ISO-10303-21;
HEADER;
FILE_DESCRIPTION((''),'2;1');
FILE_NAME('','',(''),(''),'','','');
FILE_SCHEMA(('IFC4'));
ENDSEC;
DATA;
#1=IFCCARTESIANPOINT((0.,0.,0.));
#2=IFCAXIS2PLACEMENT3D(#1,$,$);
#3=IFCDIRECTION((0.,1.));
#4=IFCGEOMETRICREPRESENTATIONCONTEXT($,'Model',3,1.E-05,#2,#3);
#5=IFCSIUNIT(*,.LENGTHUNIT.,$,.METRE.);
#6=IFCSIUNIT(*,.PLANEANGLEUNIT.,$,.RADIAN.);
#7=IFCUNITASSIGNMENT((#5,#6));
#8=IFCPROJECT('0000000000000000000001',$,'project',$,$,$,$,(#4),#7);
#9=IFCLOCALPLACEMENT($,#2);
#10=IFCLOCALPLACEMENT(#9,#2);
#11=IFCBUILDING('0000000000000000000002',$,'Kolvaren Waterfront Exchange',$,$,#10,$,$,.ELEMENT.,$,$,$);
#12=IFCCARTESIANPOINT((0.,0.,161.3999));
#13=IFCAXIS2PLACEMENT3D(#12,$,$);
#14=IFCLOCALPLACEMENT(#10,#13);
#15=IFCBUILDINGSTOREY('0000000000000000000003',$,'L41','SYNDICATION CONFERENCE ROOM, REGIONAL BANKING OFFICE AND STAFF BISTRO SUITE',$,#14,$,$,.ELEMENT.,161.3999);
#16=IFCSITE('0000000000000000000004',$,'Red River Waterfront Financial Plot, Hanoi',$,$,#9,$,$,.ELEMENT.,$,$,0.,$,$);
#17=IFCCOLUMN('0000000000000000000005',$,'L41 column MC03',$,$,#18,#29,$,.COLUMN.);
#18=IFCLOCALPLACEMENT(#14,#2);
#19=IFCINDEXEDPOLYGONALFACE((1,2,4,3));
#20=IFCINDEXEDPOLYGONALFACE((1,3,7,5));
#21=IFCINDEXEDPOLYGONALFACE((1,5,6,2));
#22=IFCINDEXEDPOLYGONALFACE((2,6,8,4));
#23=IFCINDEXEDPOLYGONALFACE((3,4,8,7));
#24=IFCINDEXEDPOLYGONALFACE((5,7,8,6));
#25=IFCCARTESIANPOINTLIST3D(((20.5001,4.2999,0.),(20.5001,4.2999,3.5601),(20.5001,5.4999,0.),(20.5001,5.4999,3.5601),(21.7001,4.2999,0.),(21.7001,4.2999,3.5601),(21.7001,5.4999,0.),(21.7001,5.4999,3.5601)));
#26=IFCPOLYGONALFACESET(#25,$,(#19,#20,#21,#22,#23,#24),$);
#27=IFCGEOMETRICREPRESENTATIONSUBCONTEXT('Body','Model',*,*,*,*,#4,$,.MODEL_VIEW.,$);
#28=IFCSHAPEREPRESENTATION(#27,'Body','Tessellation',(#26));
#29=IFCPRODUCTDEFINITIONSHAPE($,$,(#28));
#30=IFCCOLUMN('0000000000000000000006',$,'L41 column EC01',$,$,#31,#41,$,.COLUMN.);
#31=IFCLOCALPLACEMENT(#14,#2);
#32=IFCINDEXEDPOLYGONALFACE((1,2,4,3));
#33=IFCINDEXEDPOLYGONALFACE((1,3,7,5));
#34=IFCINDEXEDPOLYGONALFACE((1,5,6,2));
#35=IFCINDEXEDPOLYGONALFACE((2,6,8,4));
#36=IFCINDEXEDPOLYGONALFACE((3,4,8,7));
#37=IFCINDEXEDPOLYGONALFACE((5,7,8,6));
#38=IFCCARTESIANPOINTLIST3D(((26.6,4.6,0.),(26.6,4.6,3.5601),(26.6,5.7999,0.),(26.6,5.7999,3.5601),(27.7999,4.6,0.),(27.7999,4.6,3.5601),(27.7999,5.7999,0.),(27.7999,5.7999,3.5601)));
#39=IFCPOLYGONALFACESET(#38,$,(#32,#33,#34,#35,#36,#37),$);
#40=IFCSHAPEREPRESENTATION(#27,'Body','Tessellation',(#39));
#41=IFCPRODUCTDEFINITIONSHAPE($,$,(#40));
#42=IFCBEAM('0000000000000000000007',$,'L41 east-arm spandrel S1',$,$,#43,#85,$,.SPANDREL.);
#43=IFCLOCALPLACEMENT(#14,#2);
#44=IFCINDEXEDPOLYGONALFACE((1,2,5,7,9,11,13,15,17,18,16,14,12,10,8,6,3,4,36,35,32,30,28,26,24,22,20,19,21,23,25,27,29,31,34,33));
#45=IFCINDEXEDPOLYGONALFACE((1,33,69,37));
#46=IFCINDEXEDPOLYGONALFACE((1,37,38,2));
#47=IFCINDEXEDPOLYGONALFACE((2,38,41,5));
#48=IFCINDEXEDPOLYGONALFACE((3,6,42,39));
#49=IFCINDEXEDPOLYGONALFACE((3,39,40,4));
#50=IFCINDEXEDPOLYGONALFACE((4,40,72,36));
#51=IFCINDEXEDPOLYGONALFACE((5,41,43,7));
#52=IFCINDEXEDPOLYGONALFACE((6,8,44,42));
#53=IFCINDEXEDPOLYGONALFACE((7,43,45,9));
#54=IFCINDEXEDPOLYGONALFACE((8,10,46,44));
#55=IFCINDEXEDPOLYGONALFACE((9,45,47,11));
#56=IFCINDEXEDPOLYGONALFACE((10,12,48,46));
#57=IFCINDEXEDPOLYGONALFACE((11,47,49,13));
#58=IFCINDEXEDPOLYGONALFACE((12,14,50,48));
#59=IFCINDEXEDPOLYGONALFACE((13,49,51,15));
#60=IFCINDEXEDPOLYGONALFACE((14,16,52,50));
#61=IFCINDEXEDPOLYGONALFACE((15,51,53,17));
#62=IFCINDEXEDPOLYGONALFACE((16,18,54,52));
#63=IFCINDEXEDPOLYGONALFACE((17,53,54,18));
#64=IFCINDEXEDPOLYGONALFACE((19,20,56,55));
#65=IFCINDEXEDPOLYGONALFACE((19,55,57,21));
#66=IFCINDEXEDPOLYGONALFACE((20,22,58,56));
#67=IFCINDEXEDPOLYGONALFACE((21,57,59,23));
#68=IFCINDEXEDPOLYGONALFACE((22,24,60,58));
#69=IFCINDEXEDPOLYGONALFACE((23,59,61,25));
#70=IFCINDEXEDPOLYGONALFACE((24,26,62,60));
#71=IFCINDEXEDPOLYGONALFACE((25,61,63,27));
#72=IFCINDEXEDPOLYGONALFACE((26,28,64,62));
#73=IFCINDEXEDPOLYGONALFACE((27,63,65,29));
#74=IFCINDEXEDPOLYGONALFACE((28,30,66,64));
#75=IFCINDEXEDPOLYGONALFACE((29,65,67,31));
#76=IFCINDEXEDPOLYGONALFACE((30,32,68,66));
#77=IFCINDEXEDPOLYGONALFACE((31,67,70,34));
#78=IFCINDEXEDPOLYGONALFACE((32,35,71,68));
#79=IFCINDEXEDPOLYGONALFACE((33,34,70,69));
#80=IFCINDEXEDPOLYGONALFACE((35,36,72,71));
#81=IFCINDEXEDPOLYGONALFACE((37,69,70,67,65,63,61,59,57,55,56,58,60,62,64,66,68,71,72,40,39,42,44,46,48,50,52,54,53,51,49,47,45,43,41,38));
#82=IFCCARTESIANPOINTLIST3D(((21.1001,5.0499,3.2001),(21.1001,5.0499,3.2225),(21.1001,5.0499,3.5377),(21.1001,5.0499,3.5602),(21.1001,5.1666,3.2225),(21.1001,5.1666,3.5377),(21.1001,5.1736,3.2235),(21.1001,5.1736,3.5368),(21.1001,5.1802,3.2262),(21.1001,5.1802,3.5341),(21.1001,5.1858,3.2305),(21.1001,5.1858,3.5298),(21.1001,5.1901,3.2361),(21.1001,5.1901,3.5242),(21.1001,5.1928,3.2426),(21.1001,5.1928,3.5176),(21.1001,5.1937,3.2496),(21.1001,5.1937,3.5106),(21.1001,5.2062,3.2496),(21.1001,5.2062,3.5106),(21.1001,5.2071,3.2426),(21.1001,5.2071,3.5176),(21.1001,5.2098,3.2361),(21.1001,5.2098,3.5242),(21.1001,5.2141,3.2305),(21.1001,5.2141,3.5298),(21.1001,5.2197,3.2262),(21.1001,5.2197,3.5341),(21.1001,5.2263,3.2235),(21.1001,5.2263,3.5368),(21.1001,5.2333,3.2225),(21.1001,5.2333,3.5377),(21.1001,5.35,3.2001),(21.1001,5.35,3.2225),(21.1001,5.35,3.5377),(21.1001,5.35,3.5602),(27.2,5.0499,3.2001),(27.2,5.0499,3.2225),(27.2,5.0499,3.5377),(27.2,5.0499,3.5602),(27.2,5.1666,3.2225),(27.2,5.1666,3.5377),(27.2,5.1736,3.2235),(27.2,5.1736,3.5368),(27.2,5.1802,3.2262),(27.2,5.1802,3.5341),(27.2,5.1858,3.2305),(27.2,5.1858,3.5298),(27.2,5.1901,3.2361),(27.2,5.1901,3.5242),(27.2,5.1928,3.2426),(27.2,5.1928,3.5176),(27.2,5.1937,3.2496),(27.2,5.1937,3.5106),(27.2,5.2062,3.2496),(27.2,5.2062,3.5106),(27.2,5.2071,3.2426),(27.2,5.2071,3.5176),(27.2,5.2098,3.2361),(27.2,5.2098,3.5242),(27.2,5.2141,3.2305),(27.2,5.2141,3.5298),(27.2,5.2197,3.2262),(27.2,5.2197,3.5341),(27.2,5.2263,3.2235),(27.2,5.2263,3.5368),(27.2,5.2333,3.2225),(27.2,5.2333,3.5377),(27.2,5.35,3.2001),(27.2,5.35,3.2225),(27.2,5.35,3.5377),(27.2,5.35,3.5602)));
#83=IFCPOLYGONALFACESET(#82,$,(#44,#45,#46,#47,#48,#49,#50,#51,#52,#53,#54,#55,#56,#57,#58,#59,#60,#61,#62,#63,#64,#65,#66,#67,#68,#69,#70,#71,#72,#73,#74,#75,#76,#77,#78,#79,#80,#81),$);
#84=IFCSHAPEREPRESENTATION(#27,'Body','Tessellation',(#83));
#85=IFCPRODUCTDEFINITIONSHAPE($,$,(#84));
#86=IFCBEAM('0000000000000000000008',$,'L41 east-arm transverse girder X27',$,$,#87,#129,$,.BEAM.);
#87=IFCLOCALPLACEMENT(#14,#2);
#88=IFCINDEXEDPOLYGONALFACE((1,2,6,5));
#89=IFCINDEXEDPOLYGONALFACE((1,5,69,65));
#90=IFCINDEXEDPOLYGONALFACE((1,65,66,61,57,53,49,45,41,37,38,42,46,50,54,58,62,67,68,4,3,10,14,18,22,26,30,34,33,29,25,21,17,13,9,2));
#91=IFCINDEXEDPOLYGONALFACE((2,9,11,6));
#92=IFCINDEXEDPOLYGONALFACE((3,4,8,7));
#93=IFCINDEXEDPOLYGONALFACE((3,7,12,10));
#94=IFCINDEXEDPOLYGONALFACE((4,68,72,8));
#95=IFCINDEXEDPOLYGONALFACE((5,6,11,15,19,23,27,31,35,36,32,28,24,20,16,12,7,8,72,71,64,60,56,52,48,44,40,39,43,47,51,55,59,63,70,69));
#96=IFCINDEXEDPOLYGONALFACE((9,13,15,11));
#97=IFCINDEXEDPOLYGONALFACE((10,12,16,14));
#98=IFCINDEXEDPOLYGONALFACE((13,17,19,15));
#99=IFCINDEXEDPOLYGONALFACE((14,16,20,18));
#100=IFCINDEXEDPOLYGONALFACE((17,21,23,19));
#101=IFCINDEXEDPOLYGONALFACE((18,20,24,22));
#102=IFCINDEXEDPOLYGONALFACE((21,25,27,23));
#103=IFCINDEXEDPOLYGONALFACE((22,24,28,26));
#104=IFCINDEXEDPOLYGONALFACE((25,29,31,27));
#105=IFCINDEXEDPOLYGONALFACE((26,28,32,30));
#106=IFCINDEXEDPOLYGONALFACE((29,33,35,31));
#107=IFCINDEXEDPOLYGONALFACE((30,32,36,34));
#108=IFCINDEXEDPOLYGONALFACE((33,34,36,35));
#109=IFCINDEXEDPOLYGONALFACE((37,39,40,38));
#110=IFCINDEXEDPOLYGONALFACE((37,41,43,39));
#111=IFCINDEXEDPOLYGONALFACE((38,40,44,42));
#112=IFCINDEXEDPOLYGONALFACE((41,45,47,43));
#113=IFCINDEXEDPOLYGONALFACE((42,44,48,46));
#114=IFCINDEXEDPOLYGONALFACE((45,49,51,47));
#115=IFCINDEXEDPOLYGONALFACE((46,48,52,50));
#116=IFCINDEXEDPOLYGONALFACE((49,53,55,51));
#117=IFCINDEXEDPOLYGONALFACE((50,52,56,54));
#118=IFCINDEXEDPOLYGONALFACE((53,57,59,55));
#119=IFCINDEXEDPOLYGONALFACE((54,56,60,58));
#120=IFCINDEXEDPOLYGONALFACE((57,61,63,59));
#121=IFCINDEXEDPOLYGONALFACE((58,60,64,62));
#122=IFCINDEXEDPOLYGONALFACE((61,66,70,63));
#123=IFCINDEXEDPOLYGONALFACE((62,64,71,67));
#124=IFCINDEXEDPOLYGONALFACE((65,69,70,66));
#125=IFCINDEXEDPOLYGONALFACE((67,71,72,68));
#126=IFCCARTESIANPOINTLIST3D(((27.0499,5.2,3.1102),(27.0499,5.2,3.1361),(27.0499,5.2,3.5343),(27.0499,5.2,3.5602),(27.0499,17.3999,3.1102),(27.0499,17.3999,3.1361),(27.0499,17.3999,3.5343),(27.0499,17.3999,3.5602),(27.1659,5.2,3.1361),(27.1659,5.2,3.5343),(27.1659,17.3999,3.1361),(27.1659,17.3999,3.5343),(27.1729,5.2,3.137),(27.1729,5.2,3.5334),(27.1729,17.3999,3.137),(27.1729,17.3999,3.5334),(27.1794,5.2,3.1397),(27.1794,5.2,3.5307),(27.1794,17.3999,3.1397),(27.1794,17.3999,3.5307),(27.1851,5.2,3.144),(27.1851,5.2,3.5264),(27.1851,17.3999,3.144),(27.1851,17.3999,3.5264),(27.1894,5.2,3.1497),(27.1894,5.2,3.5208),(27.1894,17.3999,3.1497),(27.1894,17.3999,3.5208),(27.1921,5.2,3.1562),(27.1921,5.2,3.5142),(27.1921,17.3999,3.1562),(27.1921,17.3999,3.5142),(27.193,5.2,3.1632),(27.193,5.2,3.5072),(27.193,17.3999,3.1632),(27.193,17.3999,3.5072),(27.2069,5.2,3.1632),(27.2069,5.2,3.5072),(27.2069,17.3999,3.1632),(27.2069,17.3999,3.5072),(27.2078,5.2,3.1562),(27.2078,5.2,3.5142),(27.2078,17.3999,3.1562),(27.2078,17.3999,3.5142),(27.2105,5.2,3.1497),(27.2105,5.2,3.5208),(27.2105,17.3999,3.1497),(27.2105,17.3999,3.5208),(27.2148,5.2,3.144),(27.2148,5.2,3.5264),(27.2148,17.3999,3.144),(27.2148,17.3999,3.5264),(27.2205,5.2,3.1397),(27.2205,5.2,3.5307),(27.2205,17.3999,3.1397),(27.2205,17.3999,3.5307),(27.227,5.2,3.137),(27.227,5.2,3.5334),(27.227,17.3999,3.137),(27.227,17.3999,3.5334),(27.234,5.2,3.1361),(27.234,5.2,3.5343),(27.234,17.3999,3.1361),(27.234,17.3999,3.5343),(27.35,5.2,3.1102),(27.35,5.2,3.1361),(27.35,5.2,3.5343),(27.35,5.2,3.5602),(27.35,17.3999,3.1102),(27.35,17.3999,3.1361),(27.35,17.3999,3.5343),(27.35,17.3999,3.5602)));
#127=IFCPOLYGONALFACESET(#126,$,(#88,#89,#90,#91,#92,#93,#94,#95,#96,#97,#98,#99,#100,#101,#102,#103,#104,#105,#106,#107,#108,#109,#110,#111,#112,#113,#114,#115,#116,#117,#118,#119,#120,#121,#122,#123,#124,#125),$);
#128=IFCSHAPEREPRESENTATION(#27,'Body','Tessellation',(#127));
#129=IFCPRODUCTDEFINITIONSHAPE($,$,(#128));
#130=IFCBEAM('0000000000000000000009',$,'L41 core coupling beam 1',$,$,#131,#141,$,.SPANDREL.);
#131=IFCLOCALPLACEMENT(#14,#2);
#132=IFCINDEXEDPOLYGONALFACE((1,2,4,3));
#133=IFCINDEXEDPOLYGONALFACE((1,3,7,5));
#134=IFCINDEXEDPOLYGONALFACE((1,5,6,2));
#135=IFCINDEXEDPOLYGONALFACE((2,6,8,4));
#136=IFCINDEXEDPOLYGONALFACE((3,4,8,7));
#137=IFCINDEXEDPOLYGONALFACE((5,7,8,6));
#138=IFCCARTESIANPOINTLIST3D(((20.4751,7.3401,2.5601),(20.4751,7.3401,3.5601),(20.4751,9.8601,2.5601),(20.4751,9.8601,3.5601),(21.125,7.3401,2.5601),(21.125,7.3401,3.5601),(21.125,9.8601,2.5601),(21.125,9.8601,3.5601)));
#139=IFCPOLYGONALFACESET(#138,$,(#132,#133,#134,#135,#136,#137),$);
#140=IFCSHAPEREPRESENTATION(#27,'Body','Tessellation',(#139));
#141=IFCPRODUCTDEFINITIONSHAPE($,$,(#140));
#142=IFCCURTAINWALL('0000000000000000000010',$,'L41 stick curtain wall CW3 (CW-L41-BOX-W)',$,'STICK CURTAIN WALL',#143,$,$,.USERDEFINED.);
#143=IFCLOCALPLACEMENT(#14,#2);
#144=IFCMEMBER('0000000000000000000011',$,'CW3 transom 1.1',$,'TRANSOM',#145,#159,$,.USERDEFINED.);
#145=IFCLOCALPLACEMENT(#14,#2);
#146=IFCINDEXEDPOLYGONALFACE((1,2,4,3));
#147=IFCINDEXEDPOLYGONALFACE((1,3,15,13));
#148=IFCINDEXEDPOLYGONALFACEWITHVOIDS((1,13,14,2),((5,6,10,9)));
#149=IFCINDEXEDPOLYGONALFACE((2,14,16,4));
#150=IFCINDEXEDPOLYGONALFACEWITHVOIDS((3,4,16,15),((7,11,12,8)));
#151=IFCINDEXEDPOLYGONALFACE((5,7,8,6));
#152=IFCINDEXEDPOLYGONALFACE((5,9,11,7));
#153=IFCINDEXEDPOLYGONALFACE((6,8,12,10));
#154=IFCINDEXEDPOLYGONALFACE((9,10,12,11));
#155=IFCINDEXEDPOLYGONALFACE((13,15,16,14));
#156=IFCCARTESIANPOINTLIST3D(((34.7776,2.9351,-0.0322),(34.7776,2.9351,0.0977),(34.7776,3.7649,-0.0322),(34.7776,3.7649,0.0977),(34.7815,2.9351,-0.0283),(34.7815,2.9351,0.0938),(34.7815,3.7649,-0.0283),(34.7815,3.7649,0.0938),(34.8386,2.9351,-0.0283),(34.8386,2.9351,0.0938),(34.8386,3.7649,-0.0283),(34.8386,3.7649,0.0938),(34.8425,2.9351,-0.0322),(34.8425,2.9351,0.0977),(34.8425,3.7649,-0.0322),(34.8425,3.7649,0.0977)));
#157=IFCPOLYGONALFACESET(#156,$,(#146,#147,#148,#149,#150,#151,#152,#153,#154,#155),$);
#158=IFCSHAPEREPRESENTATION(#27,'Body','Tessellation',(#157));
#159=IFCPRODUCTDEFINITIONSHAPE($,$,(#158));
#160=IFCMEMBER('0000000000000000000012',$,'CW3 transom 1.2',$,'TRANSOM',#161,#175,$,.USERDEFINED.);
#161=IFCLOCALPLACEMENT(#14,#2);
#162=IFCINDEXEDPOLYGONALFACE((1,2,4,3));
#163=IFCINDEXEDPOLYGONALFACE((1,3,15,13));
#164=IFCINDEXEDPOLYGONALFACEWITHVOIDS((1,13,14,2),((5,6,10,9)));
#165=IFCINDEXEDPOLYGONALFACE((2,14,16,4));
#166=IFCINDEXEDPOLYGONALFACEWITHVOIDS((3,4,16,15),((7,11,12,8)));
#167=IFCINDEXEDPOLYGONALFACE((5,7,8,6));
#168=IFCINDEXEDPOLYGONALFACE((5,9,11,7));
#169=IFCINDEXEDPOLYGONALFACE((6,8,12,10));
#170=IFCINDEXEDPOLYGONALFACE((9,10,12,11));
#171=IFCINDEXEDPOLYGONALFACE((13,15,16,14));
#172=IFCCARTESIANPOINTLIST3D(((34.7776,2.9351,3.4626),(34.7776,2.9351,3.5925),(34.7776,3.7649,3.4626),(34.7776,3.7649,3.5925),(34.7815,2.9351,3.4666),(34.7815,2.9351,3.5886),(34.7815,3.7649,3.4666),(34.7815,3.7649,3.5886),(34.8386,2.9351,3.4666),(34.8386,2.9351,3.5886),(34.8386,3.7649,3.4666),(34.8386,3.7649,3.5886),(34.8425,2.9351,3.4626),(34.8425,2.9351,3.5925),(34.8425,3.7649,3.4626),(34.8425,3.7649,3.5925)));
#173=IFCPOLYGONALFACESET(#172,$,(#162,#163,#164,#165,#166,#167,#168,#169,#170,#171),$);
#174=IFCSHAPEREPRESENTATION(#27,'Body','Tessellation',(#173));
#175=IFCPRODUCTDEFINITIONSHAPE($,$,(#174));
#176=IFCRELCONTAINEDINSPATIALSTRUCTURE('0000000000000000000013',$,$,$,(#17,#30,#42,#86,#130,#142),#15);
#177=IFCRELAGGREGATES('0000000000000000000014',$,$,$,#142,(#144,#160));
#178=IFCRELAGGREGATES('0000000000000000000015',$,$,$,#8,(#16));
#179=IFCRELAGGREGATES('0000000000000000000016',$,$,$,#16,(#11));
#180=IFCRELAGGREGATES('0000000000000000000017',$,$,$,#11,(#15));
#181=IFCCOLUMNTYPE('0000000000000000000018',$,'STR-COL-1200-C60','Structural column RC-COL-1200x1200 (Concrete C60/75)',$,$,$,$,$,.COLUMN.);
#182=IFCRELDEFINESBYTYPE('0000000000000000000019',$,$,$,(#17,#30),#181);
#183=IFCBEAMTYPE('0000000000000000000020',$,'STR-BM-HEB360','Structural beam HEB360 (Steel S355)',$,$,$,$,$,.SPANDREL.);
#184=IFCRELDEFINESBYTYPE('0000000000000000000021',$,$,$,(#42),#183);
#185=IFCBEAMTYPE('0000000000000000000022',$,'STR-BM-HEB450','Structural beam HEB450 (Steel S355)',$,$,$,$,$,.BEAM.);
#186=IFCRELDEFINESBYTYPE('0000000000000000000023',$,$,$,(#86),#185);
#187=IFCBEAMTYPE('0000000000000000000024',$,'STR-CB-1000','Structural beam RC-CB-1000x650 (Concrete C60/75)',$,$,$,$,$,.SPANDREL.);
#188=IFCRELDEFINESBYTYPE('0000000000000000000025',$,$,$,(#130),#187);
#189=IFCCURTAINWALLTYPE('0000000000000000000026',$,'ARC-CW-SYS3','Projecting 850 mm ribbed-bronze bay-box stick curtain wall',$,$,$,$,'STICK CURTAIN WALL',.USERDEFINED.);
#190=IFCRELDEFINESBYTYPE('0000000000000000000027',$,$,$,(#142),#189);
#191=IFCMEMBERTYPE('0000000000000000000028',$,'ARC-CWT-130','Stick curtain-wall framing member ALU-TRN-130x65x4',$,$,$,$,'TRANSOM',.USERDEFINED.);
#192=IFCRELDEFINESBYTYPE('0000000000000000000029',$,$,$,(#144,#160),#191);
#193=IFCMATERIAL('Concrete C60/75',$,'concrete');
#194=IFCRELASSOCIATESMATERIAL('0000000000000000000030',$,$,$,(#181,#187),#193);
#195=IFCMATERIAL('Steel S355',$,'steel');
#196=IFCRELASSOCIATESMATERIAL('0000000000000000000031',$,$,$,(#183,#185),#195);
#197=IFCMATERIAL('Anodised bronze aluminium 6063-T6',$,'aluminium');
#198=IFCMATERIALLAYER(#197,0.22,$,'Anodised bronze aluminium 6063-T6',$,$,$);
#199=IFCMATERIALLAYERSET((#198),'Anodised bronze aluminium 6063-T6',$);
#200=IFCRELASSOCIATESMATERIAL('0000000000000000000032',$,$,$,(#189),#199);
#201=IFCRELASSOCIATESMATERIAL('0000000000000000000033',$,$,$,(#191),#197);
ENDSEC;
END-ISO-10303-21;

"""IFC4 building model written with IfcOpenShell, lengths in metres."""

from ifc_helpers import new_model, si_unit, direction, frame, origin, origin_with_axes, origin_2d, place, context, subcontext, project, spatial, rectangle, hollow_rectangle, i_section, extrude, source, transform, mapped, material, layer, layer_set, material_profile, profile_set, type_object, element, aggregate, save


model = new_model("IFC4")

# Units and contexts
model_context = context("Model", 3, precision=1e-05, world=origin(), true_north=direction((0.0, 1.0)))
body_context = subcontext(model_context, "Body", "Model", "MODEL_VIEW")
ifc_project = project(units=[si_unit("LENGTHUNIT", "METRE"), si_unit("PLANEANGLEUNIT", "RADIAN")], contexts=[model_context])

# Site, building, storey
site_placement = place(None, origin())
site = spatial("IfcSite", under=ifc_project, at=site_placement, Name="Red River Waterfront Financial Plot, Hanoi", CompositionType="ELEMENT", RefElevation=0.0)
building_placement = place(site_placement, origin())
building = spatial("IfcBuilding", under=site, at=building_placement, Name="Kolvaren Waterfront Exchange", CompositionType="ELEMENT")
storey_placement = place(building_placement, frame((0.0, 0.0, 161.3999)))
storey = spatial("IfcBuildingStorey", under=building, at=storey_placement, Name="L41", Description="SYNDICATION CONFERENCE ROOM, REGIONAL BANKING OFFICE AND STAFF BISTRO SUITE", CompositionType="ELEMENT", Elevation=161.3999)

# Columns
ifc_material_1 = material(Name="Concrete C60/75", Category="concrete")
ifc_material_profile_1 = material_profile(ifc_material_1, rectangle(XDim=1.2, YDim=1.2, at=origin_2d()), Name="RC-COL-1200x1200")
ifc_profile_set_1 = profile_set([ifc_material_profile_1], Name="Concrete C60/75")
column_type = type_object("IfcColumnType", Name="STR-COL-1200-C60", Description="Structural column RC-COL-1200x1200 (Concrete C60/75)", PredefinedType="COLUMN", material=ifc_profile_set_1)
for number, where, z_axis, x_axis, name in (
    (1, (21.1001, 4.8999, 0.0), (0.0, 0.0, 1.0), (1.0, 0.0, 0.0), "L41 column MC03"),
    (2, (27.2, 5.2, 0.0), (0.0, 0.0, 1.0), (1.0, 0.0, 0.0), "L41 column EC01"),
):
    element("IfcColumn", number, at=place(storey_placement, frame(where, z_axis=z_axis, x_axis=x_axis)), inside=storey, type_object=column_type, Name=name, PredefinedType="COLUMN", context=body_context, shape_type="SweptSolid", body=[
        extrude(rectangle(XDim=1.2, YDim=1.2, at=origin_2d()), origin(), (0.0, 0.0, 1.0), 3.5601),
    ])

# Beams
ifc_material_2 = material(Name="Steel S355", Category="steel")
ifc_material_profile_2 = material_profile(ifc_material_2, i_section(OverallWidth=0.3, OverallDepth=0.3601, WebThickness=0.0125, FlangeThickness=0.0225, FilletRadius=0.0271, at=origin_2d()), Name="HEB360")
ifc_profile_set_2 = profile_set([ifc_material_profile_2], Name="Steel S355")
beam_type_1 = type_object("IfcBeamType", Name="STR-BM-HEB360", Description="Structural beam HEB360 (Steel S355)", PredefinedType="SPANDREL", material=ifc_profile_set_2)
beam_1_placement = place(storey_placement, frame((21.1001, 5.2, 3.3801), z_axis=(1.0, 0.0, 0.0), x_axis=(0.0, 1.0, 0.0)))
element("IfcBeam", 3, at=beam_1_placement, inside=storey, type_object=beam_type_1, Name="L41 east-arm spandrel S1", PredefinedType="SPANDREL", context=body_context, shape_type="SweptSolid", body=[
    extrude(i_section(OverallWidth=0.3, OverallDepth=0.3601, WebThickness=0.0125, FlangeThickness=0.0225, FilletRadius=0.0271, at=origin_2d()), origin(), (0.0, 0.0, 1.0), 6.0999),
])
ifc_material_profile_3 = material_profile(ifc_material_2, i_section(OverallWidth=0.3, OverallDepth=0.45, WebThickness=0.0139, FlangeThickness=0.0259, FilletRadius=0.0271, at=origin_2d()), Name="HEB450")
ifc_profile_set_3 = profile_set([ifc_material_profile_3], Name="Steel S355")
beam_type_2 = type_object("IfcBeamType", Name="STR-BM-HEB450", Description="Structural beam HEB450 (Steel S355)", PredefinedType="BEAM", material=ifc_profile_set_3)
beam_2_placement = place(storey_placement, frame((27.2, 5.2, 3.3352), z_axis=(0.0, 1.0, 0.0), x_axis=(-1.0, 0.0, 0.0)))
element("IfcBeam", 4, at=beam_2_placement, inside=storey, type_object=beam_type_2, Name="L41 east-arm transverse girder X27", PredefinedType="BEAM", context=body_context, shape_type="SweptSolid", body=[
    extrude(i_section(OverallWidth=0.3, OverallDepth=0.45, WebThickness=0.0139, FlangeThickness=0.0259, FilletRadius=0.0271, at=origin_2d()), origin(), (0.0, 0.0, 1.0), 12.2),
])
ifc_material_profile_4 = material_profile(ifc_material_1, rectangle(XDim=0.6499, YDim=1.0, at=origin_2d()), Name="RC-CB-1000x650")
ifc_profile_set_4 = profile_set([ifc_material_profile_4], Name="Concrete C60/75")
beam_type_3 = type_object("IfcBeamType", Name="STR-CB-1000", Description="Structural beam RC-CB-1000x650 (Concrete C60/75)", PredefinedType="SPANDREL", material=ifc_profile_set_4)
beam_3_placement = place(storey_placement, frame((20.8, 7.3401, 3.0601), z_axis=(0.0, 1.0, 0.0), x_axis=(-1.0, 0.0, 0.0)))
element("IfcBeam", 5, at=beam_3_placement, inside=storey, type_object=beam_type_3, Name="L41 core coupling beam 1", PredefinedType="SPANDREL", context=body_context, shape_type="SweptSolid", body=[
    extrude(rectangle(XDim=0.6499, YDim=1.0, at=origin_2d()), origin(), (0.0, 0.0, 1.0), 2.52),
])

# Curtain wall, members
ifc_material_3 = material(Name="Anodised bronze aluminium 6063-T6", Category="aluminium")
ifc_layer_1 = layer(ifc_material_3, 0.22, Name="Anodised bronze aluminium 6063-T6")
ifc_layer_set_1 = layer_set([ifc_layer_1], Name="Anodised bronze aluminium 6063-T6")
curtain_wall_type_1 = type_object("IfcCurtainWallType", Name="ARC-CW-SYS3", Description="Projecting 850 mm ribbed-bronze bay-box stick curtain wall", ElementType="STICK CURTAIN WALL", PredefinedType="USERDEFINED", material=ifc_layer_set_1)
curtain_wall_1_placement = place(storey_placement, origin())
curtain_wall_1 = element("IfcCurtainWall", 6, at=curtain_wall_1_placement, inside=storey, type_object=curtain_wall_type_1, Name="L41 stick curtain wall CW3 (CW-L41-BOX-W)", ObjectType="STICK CURTAIN WALL", PredefinedType="USERDEFINED")
ifc_material_profile_5 = material_profile(ifc_material_3, hollow_rectangle(XDim=0.0649, YDim=0.1299, WallThickness=0.0039, at=origin_2d()), Name="ALU-TRN-130x65x4")
ifc_profile_set_5 = profile_set([ifc_material_profile_5], Name="Anodised bronze aluminium 6063-T6")
member_type_1 = type_object("IfcMemberType", Name="ARC-CWT-130", Description="Stick curtain-wall framing member ALU-TRN-130x65x4", ElementType="TRANSOM", PredefinedType="USERDEFINED", material=ifc_profile_set_5)
shared_shape_1 = source(origin_with_axes(), body_context, "Body", "SweptSolid", [
    extrude(hollow_rectangle(XDim=0.0649, YDim=0.1299, WallThickness=0.0039, at=origin_2d()), origin(), (0.0, 0.0, 1.0), 0.8298),
])
member_1_placement = place(storey_placement, frame((34.8101, 3.7649, 0.0327), z_axis=(0.0, -1.0, 0.0), x_axis=(1.0, 0.0, 0.0)))
member_1 = element("IfcMember", 7, at=member_1_placement, type_object=member_type_1, Name="CW3 transom 1.1", ObjectType="TRANSOM", PredefinedType="USERDEFINED", context=body_context, shape_type="MappedRepresentation", body=[
    mapped(shared_shape_1, transform((0.0, 0.0, 0.0), x_axis=(1.0, 0.0, 0.0), y_axis=(0.0, 1.0, 0.0), z_axis=(0.0, 0.0, 1.0), scale=1.0)),
])
member_2_placement = place(storey_placement, frame((34.8101, 3.7649, 3.5276), z_axis=(0.0, -1.0, 0.0), x_axis=(1.0, 0.0, 0.0)))
member_2 = element("IfcMember", 8, at=member_2_placement, type_object=member_type_1, Name="CW3 transom 1.2", ObjectType="TRANSOM", PredefinedType="USERDEFINED", context=body_context, shape_type="MappedRepresentation", body=[
    mapped(shared_shape_1, transform((0.0, 0.0, 0.0), x_axis=(1.0, 0.0, 0.0), y_axis=(0.0, 1.0, 0.0), z_axis=(0.0, 0.0, 1.0), scale=1.0)),
])

aggregate(curtain_wall_1, [member_1, member_2])

save(model, "model.ifc")
